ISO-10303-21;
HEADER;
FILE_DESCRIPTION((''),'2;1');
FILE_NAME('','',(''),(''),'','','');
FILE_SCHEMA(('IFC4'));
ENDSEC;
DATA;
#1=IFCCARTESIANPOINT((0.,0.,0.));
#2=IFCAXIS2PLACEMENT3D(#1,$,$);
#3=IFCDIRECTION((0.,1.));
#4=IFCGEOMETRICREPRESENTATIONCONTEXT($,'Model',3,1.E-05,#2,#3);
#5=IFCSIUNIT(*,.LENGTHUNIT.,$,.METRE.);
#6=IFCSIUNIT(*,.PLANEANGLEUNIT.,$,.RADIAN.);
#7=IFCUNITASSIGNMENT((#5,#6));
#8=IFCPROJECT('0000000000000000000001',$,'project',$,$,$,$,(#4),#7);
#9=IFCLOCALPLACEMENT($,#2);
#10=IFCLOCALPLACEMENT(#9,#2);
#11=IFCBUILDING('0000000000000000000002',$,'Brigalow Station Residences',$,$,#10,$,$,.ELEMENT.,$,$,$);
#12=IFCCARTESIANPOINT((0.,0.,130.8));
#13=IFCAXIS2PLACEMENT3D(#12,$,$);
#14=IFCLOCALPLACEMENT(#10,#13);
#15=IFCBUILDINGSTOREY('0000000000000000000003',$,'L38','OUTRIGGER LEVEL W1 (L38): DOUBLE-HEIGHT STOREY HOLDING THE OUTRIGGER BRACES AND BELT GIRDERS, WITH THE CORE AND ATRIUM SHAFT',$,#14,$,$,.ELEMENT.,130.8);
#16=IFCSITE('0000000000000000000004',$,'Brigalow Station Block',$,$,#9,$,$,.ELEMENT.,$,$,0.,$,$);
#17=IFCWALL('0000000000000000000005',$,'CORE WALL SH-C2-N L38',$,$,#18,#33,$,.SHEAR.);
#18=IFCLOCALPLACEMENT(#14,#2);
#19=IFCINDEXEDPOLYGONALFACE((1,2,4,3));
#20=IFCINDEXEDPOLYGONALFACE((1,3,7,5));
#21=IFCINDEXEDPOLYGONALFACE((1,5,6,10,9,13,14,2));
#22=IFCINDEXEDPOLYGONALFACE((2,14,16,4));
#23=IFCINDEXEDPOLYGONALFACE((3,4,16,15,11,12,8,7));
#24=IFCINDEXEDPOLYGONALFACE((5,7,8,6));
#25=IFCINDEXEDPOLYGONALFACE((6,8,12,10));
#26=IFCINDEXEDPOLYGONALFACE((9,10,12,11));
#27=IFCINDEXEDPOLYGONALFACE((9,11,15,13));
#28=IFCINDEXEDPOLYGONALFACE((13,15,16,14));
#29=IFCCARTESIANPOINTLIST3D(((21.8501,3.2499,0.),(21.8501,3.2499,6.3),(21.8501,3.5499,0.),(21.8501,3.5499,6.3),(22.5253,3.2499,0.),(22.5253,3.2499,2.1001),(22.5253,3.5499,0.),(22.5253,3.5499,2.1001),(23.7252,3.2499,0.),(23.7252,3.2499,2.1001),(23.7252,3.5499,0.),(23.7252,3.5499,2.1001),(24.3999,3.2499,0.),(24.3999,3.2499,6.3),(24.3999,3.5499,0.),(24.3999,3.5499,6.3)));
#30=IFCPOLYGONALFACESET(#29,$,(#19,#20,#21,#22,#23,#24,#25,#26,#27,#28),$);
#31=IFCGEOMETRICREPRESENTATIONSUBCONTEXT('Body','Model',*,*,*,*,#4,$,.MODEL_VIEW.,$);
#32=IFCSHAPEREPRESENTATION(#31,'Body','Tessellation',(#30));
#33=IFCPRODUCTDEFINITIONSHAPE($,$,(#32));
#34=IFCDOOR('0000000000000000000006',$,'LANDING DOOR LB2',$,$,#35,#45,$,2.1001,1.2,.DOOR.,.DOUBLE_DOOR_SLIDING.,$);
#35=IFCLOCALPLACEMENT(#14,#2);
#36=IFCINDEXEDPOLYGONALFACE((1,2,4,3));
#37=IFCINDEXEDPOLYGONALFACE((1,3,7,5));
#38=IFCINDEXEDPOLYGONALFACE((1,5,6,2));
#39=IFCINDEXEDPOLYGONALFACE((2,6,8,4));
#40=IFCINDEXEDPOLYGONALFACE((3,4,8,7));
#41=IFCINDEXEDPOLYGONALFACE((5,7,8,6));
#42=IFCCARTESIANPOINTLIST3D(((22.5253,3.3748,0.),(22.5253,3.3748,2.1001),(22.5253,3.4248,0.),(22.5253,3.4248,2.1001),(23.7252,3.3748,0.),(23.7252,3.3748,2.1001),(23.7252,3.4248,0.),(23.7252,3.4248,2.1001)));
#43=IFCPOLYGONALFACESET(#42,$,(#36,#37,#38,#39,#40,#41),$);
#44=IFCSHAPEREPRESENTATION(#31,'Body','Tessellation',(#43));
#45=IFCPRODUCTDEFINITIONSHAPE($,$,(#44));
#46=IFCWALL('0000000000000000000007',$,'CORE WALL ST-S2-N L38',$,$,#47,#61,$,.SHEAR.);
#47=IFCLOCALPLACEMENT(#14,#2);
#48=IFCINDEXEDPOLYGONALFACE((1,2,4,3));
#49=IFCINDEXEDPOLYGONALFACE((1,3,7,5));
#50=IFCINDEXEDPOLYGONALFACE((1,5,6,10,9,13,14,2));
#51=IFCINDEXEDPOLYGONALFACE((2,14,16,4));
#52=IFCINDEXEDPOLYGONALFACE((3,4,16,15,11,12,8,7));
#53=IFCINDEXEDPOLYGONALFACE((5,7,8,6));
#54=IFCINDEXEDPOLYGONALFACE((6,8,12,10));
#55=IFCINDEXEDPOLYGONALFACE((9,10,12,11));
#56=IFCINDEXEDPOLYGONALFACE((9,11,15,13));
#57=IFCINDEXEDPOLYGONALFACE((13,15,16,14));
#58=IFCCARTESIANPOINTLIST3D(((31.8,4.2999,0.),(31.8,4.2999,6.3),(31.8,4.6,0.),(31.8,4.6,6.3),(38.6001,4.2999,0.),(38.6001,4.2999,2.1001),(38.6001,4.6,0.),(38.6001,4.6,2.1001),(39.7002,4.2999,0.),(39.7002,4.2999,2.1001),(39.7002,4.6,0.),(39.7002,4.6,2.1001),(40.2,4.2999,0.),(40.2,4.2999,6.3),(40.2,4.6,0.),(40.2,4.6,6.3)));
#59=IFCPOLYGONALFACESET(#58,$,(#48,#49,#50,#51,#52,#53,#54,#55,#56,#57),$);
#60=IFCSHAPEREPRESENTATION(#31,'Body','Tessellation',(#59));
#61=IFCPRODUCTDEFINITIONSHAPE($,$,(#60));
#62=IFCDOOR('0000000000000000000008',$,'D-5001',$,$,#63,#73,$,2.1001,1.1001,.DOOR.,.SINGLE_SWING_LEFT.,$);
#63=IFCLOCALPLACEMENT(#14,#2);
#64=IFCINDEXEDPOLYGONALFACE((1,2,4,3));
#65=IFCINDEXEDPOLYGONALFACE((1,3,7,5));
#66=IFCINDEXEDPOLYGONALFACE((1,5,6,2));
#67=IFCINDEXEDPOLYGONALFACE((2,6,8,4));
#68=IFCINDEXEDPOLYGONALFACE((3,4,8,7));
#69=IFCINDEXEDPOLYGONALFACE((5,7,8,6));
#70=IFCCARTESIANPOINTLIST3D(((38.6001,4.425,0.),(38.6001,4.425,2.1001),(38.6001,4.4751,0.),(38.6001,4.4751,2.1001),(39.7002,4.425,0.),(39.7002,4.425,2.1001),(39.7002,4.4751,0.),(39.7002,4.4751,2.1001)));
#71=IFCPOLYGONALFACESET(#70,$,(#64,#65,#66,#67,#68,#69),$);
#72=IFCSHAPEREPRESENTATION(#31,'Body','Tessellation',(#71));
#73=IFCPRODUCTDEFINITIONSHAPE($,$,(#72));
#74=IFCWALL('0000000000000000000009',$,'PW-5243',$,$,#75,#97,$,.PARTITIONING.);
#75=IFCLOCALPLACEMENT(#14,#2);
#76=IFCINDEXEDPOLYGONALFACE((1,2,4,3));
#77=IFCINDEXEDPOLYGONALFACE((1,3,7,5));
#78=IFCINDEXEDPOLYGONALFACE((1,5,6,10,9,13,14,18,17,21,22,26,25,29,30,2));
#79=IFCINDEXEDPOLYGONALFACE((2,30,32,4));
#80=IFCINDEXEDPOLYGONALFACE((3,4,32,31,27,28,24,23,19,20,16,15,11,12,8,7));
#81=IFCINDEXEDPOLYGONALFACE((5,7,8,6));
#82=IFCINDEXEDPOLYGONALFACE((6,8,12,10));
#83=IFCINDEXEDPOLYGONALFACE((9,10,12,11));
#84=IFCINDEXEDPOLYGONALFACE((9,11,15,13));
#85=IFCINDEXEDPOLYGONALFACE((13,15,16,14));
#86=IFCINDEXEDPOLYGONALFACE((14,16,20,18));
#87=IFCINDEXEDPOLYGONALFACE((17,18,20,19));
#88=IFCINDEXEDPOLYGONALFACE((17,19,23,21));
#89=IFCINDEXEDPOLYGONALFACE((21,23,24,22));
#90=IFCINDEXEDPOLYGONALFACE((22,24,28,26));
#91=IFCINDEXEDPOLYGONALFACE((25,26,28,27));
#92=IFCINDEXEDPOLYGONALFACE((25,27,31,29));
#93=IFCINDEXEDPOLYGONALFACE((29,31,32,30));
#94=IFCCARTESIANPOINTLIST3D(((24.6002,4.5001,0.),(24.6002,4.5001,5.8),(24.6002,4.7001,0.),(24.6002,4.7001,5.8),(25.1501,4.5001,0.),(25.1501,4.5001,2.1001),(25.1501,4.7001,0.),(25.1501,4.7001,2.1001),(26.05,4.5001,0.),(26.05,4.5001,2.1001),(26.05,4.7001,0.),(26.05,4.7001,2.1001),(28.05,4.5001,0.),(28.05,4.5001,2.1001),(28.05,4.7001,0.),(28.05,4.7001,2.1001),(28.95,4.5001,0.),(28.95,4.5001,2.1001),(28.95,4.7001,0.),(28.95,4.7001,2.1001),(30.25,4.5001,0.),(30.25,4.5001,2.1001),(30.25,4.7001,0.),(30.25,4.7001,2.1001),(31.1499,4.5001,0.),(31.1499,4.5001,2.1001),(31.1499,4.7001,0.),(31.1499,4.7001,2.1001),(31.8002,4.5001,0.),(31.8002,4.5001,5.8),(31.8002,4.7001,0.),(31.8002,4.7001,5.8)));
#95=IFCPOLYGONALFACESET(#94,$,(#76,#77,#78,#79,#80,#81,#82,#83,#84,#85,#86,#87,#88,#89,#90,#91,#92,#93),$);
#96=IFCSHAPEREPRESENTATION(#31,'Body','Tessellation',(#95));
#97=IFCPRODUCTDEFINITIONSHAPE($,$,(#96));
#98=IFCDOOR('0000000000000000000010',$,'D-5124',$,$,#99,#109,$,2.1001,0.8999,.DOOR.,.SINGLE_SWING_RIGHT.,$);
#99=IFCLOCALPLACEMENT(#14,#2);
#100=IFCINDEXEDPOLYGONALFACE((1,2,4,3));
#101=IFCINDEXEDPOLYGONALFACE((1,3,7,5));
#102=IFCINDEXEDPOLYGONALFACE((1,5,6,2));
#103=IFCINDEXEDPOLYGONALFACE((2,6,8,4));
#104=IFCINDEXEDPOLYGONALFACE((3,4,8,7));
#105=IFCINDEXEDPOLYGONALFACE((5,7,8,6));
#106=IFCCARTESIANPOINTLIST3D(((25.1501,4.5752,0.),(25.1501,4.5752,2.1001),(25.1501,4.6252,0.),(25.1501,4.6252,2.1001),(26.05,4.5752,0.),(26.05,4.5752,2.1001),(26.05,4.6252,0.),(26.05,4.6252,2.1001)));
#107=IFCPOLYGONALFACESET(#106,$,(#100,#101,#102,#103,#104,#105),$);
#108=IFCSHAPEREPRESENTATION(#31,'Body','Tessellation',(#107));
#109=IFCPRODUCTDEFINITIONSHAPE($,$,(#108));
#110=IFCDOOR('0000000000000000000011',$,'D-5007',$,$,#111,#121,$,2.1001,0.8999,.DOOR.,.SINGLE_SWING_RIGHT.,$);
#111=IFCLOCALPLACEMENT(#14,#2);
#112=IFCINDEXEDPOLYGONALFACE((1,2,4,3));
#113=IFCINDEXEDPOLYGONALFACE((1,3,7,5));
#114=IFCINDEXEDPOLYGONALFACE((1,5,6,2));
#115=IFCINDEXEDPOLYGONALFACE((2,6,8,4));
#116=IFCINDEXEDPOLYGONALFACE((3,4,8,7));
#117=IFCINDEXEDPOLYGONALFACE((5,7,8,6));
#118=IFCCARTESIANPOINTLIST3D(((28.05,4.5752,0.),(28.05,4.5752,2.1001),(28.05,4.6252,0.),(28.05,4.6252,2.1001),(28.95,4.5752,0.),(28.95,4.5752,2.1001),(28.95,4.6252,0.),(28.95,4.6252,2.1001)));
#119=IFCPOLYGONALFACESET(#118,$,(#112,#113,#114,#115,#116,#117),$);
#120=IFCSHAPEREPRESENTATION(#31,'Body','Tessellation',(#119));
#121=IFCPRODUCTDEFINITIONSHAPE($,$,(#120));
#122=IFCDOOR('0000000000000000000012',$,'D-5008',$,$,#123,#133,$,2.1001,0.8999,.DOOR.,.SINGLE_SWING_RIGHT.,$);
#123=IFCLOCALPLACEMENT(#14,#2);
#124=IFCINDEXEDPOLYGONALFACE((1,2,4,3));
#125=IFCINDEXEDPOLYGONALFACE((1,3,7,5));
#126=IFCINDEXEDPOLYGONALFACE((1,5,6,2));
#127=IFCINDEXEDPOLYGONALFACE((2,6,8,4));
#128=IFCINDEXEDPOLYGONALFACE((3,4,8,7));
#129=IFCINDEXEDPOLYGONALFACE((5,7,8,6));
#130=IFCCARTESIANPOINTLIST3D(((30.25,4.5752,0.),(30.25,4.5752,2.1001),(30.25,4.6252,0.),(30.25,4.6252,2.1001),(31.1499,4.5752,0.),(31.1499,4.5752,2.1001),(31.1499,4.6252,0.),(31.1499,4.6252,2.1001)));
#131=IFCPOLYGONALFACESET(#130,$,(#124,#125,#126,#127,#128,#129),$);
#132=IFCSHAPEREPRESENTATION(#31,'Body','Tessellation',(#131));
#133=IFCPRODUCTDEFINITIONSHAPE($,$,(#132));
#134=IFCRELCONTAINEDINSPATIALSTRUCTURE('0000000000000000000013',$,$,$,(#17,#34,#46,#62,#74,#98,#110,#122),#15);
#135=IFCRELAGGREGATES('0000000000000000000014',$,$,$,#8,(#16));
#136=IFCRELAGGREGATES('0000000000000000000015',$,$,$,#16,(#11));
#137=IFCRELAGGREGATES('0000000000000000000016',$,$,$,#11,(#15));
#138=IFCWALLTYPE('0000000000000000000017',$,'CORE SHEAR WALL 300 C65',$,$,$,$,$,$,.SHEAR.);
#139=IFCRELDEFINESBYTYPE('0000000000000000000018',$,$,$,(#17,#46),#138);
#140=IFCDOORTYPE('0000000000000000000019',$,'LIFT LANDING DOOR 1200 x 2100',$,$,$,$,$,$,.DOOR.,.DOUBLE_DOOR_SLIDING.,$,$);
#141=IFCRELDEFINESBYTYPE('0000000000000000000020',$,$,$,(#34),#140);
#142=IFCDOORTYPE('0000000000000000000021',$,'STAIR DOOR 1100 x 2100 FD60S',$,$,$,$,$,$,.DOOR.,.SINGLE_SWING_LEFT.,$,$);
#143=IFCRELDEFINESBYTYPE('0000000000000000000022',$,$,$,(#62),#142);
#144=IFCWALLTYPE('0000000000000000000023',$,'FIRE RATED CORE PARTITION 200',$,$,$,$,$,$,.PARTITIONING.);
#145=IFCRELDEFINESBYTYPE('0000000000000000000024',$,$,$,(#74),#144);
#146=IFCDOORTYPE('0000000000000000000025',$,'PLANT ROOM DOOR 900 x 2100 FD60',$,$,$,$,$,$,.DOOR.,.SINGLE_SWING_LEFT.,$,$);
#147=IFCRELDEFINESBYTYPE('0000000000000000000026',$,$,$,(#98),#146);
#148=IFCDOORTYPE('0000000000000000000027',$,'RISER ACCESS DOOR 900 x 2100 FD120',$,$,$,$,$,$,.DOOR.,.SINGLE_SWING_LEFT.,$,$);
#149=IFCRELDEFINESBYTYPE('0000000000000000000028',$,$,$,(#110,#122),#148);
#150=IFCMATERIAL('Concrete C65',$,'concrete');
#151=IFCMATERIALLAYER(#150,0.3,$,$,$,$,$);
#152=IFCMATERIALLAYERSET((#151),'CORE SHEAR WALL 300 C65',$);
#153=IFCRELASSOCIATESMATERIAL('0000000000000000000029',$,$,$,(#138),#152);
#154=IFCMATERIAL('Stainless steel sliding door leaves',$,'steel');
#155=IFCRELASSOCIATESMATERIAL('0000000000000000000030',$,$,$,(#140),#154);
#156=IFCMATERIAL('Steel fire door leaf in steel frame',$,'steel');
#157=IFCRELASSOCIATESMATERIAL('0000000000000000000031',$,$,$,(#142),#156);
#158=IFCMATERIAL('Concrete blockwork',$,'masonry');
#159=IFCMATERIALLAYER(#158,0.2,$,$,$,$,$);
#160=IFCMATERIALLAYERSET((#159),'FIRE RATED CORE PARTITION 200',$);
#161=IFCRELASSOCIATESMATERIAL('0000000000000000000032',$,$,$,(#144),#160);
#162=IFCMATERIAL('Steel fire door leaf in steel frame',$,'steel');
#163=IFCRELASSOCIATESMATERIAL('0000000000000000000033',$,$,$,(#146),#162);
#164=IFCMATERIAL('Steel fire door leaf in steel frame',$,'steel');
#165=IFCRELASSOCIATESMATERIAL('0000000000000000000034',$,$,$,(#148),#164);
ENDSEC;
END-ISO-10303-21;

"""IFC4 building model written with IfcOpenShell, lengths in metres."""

from ifc_helpers import new_model, si_unit, direction, frame, frame_2d, origin, place, context, subcontext, project, spatial, rectangle, extrude, material, layer, layer_set, type_object, element, fill, save


model = new_model("IFC4")

# Units and contexts
model_context = context("Model", 3, precision=1e-05, world=origin(), true_north=direction((0.0, 1.0)))
body_context = subcontext(model_context, "Body", "Model", "MODEL_VIEW")
ifc_project = project(units=[si_unit("LENGTHUNIT", "METRE"), si_unit("PLANEANGLEUNIT", "RADIAN")], contexts=[model_context])

# Site, building, storey
site_placement = place(None, origin())
site = spatial("IfcSite", under=ifc_project, at=site_placement, Name="Brigalow Station Block", CompositionType="ELEMENT", RefElevation=0.0)
building_placement = place(site_placement, origin())
building = spatial("IfcBuilding", under=site, at=building_placement, Name="Brigalow Station Residences", CompositionType="ELEMENT")
storey_placement = place(building_placement, frame((0.0, 0.0, 130.8)))
storey = spatial("IfcBuildingStorey", under=building, at=storey_placement, Name="L38", Description="OUTRIGGER LEVEL W1 (L38): DOUBLE-HEIGHT STOREY HOLDING THE OUTRIGGER BRACES AND BELT GIRDERS, WITH THE CORE AND ATRIUM SHAFT", CompositionType="ELEMENT", Elevation=130.8)

# Walls, openings, doors
ifc_material_1 = material(Name="Concrete C65", Category="concrete")
ifc_layer_1 = layer(ifc_material_1, 0.3)
ifc_layer_set_1 = layer_set([ifc_layer_1], Name="CORE SHEAR WALL 300 C65")
wall_type_1 = type_object("IfcWallType", Name="CORE SHEAR WALL 300 C65", PredefinedType="SHEAR", material=ifc_layer_set_1)
wall_1_placement = place(storey_placement, frame((21.8501, 3.3999, 0.0), z_axis=(0.0, 0.0, 1.0), x_axis=(1.0, 0.0, 0.0)))
wall_1 = element("IfcWall", 1, at=wall_1_placement, inside=storey, type_object=wall_type_1, Name="CORE WALL SH-C2-N L38", PredefinedType="SHEAR", context=body_context, shape_type="SweptSolid", body=[
    extrude(rectangle(XDim=2.5498, YDim=0.3, at=frame_2d((1.2749, 0.0))), origin(), (0.0, 0.0, 1.0), 6.3),
])
opening_1_placement = place(wall_1_placement, frame((0.675, 0.0, 0.0)))
opening_1 = element("IfcOpeningElement", 2, at=opening_1_placement, cuts=wall_1, PredefinedType="OPENING", context=body_context, shape_type="SweptSolid", body=[
    extrude(rectangle(XDim=1.2, YDim=2.1001, at=frame_2d((0.6001, 1.05))), frame((0.0, 0.1602, 0.0), z_axis=(0.0, -1.0, 0.0), x_axis=(1.0, 0.0, 0.0)), (0.0, 0.0, 1.0), 0.3201),
])
ifc_material_2 = material(Name="Stainless steel sliding door leaves", Category="steel")
door_type_1 = type_object("IfcDoorType", Name="LIFT LANDING DOOR 1200 x 2100", OperationType="DOUBLE_DOOR_SLIDING", PredefinedType="DOOR", material=ifc_material_2)
door_1_placement = place(opening_1_placement, origin())
door_1 = element("IfcDoor", 3, at=door_1_placement, inside=storey, type_object=door_type_1, Name="LANDING DOOR LB2", OperationType="DOUBLE_DOOR_SLIDING", OverallHeight=2.1001, OverallWidth=1.2, PredefinedType="DOOR", context=body_context, shape_type="SweptSolid", body=[
    extrude(rectangle(XDim=1.2, YDim=2.1001, at=frame_2d((0.6001, 1.05))), frame((0.0, 0.0249, 0.0), z_axis=(0.0, -1.0, 0.0), x_axis=(1.0, 0.0, 0.0)), (0.0, 0.0, 1.0), 0.05),
])
fill(opening_1, door_1)
wall_2_placement = place(storey_placement, frame((31.8, 4.45, 0.0), z_axis=(0.0, 0.0, 1.0), x_axis=(1.0, 0.0, 0.0)))
wall_2 = element("IfcWall", 4, at=wall_2_placement, inside=storey, type_object=wall_type_1, Name="CORE WALL ST-S2-N L38", PredefinedType="SHEAR", context=body_context, shape_type="SweptSolid", body=[
    extrude(rectangle(XDim=8.3999, YDim=0.3, at=frame_2d((4.2, 0.0))), origin(), (0.0, 0.0, 1.0), 6.3),
])
opening_2_placement = place(wall_2_placement, frame((6.8, 0.0, 0.0)))
opening_2 = element("IfcOpeningElement", 5, at=opening_2_placement, cuts=wall_2, PredefinedType="OPENING", context=body_context, shape_type="SweptSolid", body=[
    extrude(rectangle(XDim=1.1001, YDim=2.1001, at=frame_2d((0.55, 1.05))), frame((0.0, 0.1602, 0.0), z_axis=(0.0, -1.0, 0.0), x_axis=(1.0, 0.0, 0.0)), (0.0, 0.0, 1.0), 0.3201),
])
ifc_material_3 = material(Name="Steel fire door leaf in steel frame", Category="steel")
door_type_2 = type_object("IfcDoorType", Name="STAIR DOOR 1100 x 2100 FD60S", OperationType="SINGLE_SWING_LEFT", PredefinedType="DOOR", material=ifc_material_3)
door_2_placement = place(opening_2_placement, frame((1.1001, 0.0, 0.0), z_axis=(0.0, 0.0, 1.0), x_axis=(-1.0, 0.0, 0.0)))
door_2 = element("IfcDoor", 6, at=door_2_placement, inside=storey, type_object=door_type_2, Name="D-5001", OperationType="SINGLE_SWING_LEFT", OverallHeight=2.1001, OverallWidth=1.1001, PredefinedType="DOOR", context=body_context, shape_type="SweptSolid", body=[
    extrude(rectangle(XDim=1.1001, YDim=2.1001, at=frame_2d((0.55, 1.05))), frame((0.0, 0.0249, 0.0), z_axis=(0.0, -1.0, 0.0), x_axis=(1.0, 0.0, 0.0)), (0.0, 0.0, 1.0), 0.05),
])
fill(opening_2, door_2)

# Wall, openings, doors
ifc_material_4 = material(Name="Concrete blockwork", Category="masonry")
ifc_layer_2 = layer(ifc_material_4, 0.2)
ifc_layer_set_2 = layer_set([ifc_layer_2], Name="FIRE RATED CORE PARTITION 200")
wall_type_2 = type_object("IfcWallType", Name="FIRE RATED CORE PARTITION 200", PredefinedType="PARTITIONING", material=ifc_layer_set_2)
wall_3_placement = place(storey_placement, frame((24.6001, 4.6001, 0.0), z_axis=(0.0, 0.0, 1.0), x_axis=(1.0, 0.0, 0.0)))
wall_3 = element("IfcWall", 7, at=wall_3_placement, inside=storey, type_object=wall_type_2, Name="PW-5243", PredefinedType="PARTITIONING", context=body_context, shape_type="SweptSolid", body=[
    extrude(rectangle(XDim=7.2, YDim=0.2, at=frame_2d((3.6001, 0.0))), origin(), (0.0, 0.0, 1.0), 5.8),
])
opening_3_placement = place(wall_3_placement, frame((0.55, 0.0, 0.0)))
opening_3 = element("IfcOpeningElement", 8, at=opening_3_placement, cuts=wall_3, PredefinedType="OPENING", context=body_context, shape_type="SweptSolid", body=[
    extrude(rectangle(XDim=0.8999, YDim=2.1001, at=frame_2d((0.45, 1.05))), frame((0.0, 0.1099, 0.0), z_axis=(0.0, -1.0, 0.0), x_axis=(1.0, 0.0, 0.0)), (0.0, 0.0, 1.0), 0.22),
])
opening_4_placement = place(wall_3_placement, frame((3.45, 0.0, 0.0)))
opening_4 = element("IfcOpeningElement", 9, at=opening_4_placement, cuts=wall_3, PredefinedType="OPENING", context=body_context, shape_type="SweptSolid", body=[
    extrude(rectangle(XDim=0.8999, YDim=2.1001, at=frame_2d((0.45, 1.05))), frame((0.0, 0.1099, 0.0), z_axis=(0.0, -1.0, 0.0), x_axis=(1.0, 0.0, 0.0)), (0.0, 0.0, 1.0), 0.22),
])
opening_5_placement = place(wall_3_placement, frame((5.6499, 0.0, 0.0)))
opening_5 = element("IfcOpeningElement", 10, at=opening_5_placement, cuts=wall_3, PredefinedType="OPENING", context=body_context, shape_type="SweptSolid", body=[
    extrude(rectangle(XDim=0.8999, YDim=2.1001, at=frame_2d((0.45, 1.05))), frame((0.0, 0.1099, 0.0), z_axis=(0.0, -1.0, 0.0), x_axis=(1.0, 0.0, 0.0)), (0.0, 0.0, 1.0), 0.22),
])
ifc_material_5 = material(Name="Steel fire door leaf in steel frame", Category="steel")
door_type_3 = type_object("IfcDoorType", Name="PLANT ROOM DOOR 900 x 2100 FD60", OperationType="SINGLE_SWING_LEFT", PredefinedType="DOOR", material=ifc_material_5)
door_3_placement = place(opening_3_placement, frame((0.8999, 0.0, 0.0), z_axis=(0.0, 0.0, 1.0), x_axis=(-1.0, 0.0, 0.0)))
door_3 = element("IfcDoor", 11, at=door_3_placement, inside=storey, type_object=door_type_3, Name="D-5124", OperationType="SINGLE_SWING_RIGHT", OverallHeight=2.1001, OverallWidth=0.8999, PredefinedType="DOOR", context=body_context, shape_type="SweptSolid", body=[
    extrude(rectangle(XDim=0.8999, YDim=2.1001, at=frame_2d((0.45, 1.05))), frame((0.0, 0.0249, 0.0), z_axis=(0.0, -1.0, 0.0), x_axis=(1.0, 0.0, 0.0)), (0.0, 0.0, 1.0), 0.05),
])
fill(opening_3, door_3)
ifc_material_6 = material(Name="Steel fire door leaf in steel frame", Category="steel")
door_type_4 = type_object("IfcDoorType", Name="RISER ACCESS DOOR 900 x 2100 FD120", OperationType="SINGLE_SWING_LEFT", PredefinedType="DOOR", material=ifc_material_6)
door_4_placement = place(opening_4_placement, frame((0.8999, 0.0, 0.0), z_axis=(0.0, 0.0, 1.0), x_axis=(-1.0, 0.0, 0.0)))
door_4 = element("IfcDoor", 12, at=door_4_placement, inside=storey, type_object=door_type_4, Name="D-5007", OperationType="SINGLE_SWING_RIGHT", OverallHeight=2.1001, OverallWidth=0.8999, PredefinedType="DOOR", context=body_context, shape_type="SweptSolid", body=[
    extrude(rectangle(XDim=0.8999, YDim=2.1001, at=frame_2d((0.45, 1.05))), frame((0.0, 0.0249, 0.0), z_axis=(0.0, -1.0, 0.0), x_axis=(1.0, 0.0, 0.0)), (0.0, 0.0, 1.0), 0.05),
])
fill(opening_4, door_4)
door_5_placement = place(opening_5_placement, frame((0.8999, 0.0, 0.0), z_axis=(0.0, 0.0, 1.0), x_axis=(-1.0, 0.0, 0.0)))
door_5 = element("IfcDoor", 13, at=door_5_placement, inside=storey, type_object=door_type_4, Name="D-5008", OperationType="SINGLE_SWING_RIGHT", OverallHeight=2.1001, OverallWidth=0.8999, PredefinedType="DOOR", context=body_context, shape_type="SweptSolid", body=[
    extrude(rectangle(XDim=0.8999, YDim=2.1001, at=frame_2d((0.45, 1.05))), frame((0.0, 0.0249, 0.0), z_axis=(0.0, -1.0, 0.0), x_axis=(1.0, 0.0, 0.0)), (0.0, 0.0, 1.0), 0.05),
])
fill(opening_5, door_5)

save(model, "model.ifc")
